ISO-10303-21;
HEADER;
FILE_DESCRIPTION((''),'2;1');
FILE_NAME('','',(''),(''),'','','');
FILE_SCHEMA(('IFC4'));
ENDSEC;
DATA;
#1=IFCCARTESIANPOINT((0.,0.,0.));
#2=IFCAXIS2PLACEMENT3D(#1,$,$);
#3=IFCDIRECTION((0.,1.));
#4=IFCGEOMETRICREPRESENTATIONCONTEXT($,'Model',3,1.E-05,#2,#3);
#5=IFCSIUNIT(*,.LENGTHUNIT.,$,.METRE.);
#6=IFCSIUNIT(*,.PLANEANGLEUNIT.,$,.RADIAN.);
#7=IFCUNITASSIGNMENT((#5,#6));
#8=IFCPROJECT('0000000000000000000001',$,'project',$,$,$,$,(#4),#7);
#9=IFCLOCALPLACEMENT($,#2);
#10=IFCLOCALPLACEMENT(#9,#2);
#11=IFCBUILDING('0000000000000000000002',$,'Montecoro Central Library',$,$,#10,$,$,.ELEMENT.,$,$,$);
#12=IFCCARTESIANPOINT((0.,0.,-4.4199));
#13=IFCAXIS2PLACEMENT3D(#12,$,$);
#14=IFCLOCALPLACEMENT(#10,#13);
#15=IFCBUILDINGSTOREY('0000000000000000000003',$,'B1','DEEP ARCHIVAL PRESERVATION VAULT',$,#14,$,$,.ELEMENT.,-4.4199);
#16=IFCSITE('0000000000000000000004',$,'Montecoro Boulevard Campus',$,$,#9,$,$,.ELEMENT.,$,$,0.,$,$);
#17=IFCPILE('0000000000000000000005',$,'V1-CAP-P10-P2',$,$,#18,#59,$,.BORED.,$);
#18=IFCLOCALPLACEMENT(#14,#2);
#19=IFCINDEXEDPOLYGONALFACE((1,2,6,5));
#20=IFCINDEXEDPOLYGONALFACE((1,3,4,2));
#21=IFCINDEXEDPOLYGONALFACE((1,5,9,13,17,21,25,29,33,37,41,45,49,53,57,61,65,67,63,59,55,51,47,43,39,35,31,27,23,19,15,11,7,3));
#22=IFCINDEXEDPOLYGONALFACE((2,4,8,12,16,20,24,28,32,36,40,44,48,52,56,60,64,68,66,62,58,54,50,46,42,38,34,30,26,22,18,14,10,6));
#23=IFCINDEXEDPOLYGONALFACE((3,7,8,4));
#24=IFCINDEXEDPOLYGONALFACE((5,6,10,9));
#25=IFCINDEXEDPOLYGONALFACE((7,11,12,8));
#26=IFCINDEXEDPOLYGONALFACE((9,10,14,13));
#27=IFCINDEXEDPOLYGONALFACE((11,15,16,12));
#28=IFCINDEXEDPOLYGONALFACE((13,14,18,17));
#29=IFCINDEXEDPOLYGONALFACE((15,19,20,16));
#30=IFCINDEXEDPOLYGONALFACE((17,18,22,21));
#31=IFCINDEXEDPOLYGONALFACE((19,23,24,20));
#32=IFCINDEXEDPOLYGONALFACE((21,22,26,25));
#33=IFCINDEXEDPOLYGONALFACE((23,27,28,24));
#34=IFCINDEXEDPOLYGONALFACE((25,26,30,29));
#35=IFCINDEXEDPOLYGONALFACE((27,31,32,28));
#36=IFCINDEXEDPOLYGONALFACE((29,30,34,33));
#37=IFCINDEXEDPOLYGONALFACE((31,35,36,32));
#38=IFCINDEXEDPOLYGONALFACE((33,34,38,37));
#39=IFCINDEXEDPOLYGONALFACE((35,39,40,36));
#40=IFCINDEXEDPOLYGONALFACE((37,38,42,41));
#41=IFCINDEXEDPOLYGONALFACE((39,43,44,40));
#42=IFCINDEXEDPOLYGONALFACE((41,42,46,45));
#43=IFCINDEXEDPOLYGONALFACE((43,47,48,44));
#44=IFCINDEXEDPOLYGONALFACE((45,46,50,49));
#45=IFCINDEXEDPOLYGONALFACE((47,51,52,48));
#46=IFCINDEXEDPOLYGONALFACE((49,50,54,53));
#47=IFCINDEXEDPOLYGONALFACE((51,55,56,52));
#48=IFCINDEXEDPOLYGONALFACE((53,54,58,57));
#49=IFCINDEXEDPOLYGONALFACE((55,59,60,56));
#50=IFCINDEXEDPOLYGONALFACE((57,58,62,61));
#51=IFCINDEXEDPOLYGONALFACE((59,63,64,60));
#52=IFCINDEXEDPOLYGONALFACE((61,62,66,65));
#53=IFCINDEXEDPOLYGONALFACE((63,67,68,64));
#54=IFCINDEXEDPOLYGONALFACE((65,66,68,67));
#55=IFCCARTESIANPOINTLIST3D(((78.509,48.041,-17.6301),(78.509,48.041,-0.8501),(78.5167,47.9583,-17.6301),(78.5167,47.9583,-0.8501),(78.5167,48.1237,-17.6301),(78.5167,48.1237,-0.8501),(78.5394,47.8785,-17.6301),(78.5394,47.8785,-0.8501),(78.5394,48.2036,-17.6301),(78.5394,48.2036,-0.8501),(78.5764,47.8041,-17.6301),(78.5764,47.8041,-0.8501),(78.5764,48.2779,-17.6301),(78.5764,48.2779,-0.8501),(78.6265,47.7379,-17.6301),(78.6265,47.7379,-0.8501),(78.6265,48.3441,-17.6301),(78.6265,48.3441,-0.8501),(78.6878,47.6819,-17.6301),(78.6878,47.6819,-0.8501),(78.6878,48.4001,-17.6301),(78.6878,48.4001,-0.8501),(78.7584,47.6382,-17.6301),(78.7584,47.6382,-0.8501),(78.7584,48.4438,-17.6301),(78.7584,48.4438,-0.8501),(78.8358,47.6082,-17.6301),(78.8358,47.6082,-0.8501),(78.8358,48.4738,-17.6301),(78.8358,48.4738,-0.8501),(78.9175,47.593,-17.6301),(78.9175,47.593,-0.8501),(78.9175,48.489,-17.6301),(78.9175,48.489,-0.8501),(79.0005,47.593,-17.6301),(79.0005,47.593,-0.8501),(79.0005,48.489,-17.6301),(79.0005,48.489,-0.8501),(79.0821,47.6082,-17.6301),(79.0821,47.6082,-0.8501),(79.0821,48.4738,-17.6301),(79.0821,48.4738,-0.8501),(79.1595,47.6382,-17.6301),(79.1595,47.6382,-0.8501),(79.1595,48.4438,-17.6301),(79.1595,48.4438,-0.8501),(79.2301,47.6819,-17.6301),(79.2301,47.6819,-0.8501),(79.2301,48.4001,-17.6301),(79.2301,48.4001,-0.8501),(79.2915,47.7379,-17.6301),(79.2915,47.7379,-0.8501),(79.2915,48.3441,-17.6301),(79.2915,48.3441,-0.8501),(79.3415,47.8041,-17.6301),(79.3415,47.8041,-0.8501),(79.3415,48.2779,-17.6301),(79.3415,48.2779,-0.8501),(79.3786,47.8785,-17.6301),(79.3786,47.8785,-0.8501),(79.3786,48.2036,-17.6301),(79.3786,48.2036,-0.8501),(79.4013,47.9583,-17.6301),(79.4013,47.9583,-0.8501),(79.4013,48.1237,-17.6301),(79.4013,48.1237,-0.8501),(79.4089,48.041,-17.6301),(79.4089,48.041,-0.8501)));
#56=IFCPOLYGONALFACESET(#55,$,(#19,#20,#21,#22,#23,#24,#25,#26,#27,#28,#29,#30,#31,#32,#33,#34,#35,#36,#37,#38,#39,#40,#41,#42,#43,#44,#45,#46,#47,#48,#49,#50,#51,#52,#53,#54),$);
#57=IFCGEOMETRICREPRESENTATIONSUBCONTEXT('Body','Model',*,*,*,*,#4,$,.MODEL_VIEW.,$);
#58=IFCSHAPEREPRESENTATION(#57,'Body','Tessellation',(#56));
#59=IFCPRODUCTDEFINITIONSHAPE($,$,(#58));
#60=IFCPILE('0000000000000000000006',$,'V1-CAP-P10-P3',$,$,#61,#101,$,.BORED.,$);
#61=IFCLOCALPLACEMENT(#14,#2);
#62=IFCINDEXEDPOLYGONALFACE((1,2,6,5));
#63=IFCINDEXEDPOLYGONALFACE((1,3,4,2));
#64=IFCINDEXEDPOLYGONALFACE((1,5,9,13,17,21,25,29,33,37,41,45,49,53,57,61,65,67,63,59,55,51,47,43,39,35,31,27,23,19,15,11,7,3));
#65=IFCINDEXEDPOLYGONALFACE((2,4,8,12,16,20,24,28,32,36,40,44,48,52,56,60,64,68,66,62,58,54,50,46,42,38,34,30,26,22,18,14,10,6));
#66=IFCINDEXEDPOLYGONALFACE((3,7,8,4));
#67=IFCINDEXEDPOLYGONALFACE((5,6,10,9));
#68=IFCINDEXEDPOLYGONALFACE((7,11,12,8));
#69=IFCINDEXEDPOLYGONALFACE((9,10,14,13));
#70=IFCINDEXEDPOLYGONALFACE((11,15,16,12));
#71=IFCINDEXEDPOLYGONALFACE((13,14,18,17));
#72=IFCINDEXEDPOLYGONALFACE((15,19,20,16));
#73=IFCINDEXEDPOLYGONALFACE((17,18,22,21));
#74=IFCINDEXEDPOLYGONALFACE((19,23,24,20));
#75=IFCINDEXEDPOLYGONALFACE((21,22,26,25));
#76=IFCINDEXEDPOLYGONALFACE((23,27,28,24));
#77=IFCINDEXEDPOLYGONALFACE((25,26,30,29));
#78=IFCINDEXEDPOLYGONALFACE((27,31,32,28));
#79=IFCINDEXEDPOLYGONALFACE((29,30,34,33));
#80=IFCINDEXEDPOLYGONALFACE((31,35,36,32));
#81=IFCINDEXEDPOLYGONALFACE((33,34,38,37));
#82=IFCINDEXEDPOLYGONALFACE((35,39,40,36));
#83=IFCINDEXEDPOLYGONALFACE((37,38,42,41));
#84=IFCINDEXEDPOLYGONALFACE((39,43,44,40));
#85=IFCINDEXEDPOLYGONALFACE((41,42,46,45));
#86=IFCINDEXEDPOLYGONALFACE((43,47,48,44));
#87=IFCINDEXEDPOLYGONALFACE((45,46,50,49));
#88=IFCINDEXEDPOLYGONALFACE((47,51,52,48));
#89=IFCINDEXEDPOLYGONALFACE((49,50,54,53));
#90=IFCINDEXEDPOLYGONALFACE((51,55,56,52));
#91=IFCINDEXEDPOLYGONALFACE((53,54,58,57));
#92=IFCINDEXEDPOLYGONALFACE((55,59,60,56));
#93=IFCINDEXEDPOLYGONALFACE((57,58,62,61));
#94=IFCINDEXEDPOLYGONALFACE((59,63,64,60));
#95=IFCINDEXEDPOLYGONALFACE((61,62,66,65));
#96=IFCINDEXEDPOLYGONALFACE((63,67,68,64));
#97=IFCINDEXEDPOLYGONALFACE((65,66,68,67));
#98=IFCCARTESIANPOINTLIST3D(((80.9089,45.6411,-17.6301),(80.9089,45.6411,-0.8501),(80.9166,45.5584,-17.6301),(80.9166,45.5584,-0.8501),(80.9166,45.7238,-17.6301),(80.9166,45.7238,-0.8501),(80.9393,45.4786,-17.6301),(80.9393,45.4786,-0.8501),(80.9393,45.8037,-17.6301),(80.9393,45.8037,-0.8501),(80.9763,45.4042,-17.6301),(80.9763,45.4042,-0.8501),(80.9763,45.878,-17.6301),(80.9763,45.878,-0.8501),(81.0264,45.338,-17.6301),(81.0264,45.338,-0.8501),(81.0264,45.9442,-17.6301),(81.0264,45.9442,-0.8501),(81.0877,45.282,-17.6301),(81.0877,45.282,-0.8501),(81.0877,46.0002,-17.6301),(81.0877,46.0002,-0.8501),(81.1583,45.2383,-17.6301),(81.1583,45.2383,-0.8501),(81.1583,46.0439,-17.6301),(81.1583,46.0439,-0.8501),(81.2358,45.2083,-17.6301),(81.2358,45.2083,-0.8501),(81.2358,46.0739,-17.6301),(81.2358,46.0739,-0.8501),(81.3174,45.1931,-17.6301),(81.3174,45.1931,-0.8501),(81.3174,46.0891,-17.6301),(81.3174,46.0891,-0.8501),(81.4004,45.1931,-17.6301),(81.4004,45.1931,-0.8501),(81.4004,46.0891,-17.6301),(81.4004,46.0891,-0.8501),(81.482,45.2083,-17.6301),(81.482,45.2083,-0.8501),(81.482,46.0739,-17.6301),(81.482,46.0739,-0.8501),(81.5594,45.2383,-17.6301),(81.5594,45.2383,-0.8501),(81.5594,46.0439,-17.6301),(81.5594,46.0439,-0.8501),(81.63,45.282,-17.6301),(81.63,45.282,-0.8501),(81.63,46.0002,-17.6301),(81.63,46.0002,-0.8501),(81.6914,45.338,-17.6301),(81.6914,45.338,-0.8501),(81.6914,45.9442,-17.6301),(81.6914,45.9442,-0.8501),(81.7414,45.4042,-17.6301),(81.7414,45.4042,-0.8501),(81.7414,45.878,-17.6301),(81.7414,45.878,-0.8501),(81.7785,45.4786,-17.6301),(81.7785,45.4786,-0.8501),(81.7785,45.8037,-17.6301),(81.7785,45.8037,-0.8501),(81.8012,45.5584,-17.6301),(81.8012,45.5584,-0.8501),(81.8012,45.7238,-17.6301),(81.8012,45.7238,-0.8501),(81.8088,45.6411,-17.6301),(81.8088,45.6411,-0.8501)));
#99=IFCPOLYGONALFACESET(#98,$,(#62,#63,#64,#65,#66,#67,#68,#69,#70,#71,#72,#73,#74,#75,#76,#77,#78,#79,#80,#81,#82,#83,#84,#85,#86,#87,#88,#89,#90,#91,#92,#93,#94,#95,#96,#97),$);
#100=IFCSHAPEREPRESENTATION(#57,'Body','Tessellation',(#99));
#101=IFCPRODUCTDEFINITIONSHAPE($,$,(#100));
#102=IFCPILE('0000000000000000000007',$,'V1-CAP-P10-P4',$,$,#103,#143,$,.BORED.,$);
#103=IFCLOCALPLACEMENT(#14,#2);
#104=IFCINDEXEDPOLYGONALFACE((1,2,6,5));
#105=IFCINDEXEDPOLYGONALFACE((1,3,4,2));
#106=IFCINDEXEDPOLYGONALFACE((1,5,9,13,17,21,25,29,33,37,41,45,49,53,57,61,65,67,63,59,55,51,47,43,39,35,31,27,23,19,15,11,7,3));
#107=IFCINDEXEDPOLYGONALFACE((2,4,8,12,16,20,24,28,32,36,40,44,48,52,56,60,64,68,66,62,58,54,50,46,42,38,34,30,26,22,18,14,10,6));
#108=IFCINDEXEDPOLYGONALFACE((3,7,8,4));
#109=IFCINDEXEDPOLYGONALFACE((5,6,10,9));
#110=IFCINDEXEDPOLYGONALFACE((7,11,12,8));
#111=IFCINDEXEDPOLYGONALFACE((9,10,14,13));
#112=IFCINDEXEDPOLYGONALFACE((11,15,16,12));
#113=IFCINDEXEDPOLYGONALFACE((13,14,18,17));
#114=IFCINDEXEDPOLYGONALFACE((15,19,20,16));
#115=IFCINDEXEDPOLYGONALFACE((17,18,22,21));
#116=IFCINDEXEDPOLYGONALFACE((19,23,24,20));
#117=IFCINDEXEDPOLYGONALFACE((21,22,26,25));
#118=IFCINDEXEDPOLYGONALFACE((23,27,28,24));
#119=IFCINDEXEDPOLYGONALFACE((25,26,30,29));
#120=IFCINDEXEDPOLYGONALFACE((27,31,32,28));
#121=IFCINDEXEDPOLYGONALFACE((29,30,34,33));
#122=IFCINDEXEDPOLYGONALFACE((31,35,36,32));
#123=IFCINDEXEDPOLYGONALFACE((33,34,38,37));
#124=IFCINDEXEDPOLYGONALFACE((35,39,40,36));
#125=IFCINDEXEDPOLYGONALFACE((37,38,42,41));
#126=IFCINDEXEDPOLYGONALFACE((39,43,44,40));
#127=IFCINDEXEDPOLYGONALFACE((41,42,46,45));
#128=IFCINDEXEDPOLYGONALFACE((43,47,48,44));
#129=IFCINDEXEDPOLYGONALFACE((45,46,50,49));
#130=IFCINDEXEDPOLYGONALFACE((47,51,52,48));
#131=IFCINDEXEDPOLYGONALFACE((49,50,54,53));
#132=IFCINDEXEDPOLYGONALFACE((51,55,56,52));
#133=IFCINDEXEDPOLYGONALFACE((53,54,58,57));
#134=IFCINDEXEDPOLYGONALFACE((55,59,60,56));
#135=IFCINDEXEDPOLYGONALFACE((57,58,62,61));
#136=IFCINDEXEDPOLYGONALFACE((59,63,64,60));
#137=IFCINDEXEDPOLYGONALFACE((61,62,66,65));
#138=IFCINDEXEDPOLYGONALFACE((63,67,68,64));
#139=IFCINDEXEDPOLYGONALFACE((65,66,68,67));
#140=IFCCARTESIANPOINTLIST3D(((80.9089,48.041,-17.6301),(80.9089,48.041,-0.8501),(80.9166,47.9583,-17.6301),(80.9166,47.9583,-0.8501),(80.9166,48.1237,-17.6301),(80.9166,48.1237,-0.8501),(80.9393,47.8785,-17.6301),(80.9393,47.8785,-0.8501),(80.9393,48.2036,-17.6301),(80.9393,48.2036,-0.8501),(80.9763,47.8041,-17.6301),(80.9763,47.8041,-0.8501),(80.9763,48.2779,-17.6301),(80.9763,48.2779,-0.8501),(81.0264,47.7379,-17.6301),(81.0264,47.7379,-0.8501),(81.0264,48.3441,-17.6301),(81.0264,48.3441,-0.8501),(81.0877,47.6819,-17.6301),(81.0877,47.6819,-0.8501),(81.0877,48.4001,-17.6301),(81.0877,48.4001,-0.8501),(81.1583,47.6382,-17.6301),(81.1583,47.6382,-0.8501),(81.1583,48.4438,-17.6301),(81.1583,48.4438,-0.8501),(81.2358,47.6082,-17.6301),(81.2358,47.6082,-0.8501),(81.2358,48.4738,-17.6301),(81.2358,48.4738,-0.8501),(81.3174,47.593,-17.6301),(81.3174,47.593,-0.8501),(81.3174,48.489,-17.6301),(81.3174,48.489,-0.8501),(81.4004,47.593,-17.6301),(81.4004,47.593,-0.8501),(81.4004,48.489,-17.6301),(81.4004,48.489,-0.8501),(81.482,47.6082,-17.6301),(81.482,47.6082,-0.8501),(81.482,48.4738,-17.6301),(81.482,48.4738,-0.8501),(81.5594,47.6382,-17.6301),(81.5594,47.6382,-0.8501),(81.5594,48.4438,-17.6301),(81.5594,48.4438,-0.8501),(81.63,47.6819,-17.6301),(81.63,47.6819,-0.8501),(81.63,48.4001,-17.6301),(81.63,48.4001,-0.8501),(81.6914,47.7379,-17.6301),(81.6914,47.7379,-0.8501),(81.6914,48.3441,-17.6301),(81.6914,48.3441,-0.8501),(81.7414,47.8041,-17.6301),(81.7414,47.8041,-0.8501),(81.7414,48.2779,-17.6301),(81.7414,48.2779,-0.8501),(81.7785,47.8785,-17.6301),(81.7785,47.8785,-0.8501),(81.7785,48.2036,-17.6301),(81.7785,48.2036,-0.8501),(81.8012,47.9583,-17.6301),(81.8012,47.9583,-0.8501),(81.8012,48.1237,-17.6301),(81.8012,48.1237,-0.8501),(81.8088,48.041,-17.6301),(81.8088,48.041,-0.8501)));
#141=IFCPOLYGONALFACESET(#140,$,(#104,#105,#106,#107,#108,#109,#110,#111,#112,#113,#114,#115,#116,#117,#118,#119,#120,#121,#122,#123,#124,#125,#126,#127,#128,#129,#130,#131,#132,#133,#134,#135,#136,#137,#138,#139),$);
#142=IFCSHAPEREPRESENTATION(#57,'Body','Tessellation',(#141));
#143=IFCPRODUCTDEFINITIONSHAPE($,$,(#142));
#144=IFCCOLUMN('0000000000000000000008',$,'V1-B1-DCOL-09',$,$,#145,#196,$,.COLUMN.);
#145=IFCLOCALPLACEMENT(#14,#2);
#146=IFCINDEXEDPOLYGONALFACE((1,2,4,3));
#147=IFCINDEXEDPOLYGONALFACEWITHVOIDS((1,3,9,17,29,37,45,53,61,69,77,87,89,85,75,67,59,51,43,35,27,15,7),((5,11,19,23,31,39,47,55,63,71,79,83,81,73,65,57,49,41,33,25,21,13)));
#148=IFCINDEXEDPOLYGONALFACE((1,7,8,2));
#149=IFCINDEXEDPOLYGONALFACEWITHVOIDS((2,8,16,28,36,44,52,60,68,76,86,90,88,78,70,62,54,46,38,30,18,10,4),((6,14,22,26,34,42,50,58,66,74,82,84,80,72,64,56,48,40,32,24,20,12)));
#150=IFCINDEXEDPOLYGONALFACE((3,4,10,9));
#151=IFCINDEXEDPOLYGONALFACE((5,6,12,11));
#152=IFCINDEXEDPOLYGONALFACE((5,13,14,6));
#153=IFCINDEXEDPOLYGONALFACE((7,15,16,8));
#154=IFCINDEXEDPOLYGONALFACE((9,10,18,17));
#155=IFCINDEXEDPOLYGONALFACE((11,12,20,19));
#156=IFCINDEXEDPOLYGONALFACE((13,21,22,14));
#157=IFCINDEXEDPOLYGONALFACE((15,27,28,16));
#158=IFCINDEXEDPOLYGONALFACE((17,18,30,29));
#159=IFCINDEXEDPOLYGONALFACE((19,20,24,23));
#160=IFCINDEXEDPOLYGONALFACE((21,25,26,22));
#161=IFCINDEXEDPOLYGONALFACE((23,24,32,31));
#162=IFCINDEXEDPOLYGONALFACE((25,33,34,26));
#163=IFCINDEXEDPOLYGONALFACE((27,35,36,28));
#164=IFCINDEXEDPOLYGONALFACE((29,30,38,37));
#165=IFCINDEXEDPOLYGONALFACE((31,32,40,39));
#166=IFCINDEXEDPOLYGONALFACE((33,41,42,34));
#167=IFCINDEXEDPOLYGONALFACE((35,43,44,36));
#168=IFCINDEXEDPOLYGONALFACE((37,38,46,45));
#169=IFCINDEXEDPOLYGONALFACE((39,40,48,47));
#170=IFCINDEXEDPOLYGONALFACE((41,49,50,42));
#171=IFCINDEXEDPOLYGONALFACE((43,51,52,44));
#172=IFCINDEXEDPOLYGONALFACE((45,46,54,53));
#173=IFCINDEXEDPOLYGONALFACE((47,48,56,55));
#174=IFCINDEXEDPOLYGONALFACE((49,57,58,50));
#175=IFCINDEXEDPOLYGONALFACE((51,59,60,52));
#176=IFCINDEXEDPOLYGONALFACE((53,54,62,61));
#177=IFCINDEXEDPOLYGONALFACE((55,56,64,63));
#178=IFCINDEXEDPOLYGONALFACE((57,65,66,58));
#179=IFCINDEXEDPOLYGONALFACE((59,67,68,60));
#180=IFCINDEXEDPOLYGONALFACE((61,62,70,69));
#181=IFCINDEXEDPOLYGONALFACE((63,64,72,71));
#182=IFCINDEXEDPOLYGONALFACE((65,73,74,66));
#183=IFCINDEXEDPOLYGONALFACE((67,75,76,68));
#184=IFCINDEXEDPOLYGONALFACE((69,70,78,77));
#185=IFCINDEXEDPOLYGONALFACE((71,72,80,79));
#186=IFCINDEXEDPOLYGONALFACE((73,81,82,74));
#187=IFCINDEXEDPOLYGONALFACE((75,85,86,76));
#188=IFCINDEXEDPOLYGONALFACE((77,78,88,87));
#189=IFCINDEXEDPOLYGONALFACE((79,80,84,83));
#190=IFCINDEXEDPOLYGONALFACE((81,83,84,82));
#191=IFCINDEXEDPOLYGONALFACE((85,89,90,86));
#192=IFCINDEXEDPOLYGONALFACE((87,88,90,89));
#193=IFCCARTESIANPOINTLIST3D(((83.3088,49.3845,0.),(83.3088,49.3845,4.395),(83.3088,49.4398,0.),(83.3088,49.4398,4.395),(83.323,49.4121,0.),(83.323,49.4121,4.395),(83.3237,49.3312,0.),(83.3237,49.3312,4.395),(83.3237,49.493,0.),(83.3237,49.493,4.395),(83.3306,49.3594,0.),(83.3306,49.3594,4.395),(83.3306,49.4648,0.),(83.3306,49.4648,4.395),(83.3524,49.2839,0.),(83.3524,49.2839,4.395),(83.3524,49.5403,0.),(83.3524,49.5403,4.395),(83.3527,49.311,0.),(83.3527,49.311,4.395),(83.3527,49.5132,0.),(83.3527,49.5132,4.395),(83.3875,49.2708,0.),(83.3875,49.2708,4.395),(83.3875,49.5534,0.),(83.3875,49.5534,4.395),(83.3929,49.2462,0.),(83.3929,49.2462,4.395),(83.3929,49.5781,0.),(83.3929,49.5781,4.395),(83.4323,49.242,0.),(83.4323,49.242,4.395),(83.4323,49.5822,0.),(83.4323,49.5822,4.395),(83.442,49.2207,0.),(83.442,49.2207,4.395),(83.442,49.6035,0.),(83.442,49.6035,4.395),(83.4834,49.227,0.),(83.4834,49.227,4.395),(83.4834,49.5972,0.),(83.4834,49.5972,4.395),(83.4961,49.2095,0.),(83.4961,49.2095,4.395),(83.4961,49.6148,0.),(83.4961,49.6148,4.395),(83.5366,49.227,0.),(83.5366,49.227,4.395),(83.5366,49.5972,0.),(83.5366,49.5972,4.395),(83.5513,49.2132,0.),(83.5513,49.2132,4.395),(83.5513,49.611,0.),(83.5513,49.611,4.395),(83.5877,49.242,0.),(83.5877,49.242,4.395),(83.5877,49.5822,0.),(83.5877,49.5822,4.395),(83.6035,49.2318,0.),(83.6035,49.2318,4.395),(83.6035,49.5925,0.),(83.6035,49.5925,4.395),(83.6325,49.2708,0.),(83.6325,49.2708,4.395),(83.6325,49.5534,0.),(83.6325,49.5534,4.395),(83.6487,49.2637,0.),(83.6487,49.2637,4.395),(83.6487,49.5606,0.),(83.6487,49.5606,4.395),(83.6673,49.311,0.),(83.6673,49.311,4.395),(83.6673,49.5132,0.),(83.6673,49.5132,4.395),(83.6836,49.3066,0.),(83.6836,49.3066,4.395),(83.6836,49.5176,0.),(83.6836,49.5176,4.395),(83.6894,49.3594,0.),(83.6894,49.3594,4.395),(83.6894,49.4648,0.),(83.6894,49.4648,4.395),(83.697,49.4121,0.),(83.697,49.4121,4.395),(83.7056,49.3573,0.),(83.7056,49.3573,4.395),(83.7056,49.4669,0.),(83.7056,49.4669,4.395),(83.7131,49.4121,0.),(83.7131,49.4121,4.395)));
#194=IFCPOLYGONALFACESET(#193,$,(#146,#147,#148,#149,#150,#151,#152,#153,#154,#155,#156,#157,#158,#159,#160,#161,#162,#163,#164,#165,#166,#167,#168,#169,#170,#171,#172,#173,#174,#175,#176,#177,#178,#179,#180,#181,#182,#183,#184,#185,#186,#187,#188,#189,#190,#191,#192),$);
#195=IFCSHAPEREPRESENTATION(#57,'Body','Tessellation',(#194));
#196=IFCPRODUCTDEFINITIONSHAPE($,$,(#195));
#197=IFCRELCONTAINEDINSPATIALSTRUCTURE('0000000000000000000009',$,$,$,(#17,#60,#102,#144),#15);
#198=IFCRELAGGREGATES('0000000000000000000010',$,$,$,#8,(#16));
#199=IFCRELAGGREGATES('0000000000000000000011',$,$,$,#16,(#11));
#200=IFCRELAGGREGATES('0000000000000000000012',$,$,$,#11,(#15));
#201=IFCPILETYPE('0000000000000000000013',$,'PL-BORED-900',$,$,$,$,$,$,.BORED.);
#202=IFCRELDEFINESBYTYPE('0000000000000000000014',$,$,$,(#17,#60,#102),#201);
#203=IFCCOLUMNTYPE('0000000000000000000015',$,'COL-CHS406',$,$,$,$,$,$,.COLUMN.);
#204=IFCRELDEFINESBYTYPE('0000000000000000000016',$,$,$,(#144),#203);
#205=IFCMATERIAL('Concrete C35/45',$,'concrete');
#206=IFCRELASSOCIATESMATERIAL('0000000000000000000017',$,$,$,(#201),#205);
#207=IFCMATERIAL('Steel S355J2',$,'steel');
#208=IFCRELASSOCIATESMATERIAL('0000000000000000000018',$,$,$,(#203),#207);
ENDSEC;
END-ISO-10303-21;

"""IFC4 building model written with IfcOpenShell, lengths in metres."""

from ifc_helpers import new_model, si_unit, direction, frame, origin, origin_2d, place, context, subcontext, project, spatial, circle, hollow_circle, extrude, material, material_profile, profile_set, type_object, element, save


model = new_model("IFC4")

# Units and contexts
model_context = context("Model", 3, precision=1e-05, world=origin(), true_north=direction((0.0, 1.0)))
body_context = subcontext(model_context, "Body", "Model", "MODEL_VIEW")
ifc_project = project(units=[si_unit("LENGTHUNIT", "METRE"), si_unit("PLANEANGLEUNIT", "RADIAN")], contexts=[model_context])

# Site, building, storey
site_placement = place(None, origin())
site = spatial("IfcSite", under=ifc_project, at=site_placement, Name="Montecoro Boulevard Campus", CompositionType="ELEMENT", RefElevation=0.0)
building_placement = place(site_placement, origin())
building = spatial("IfcBuilding", under=site, at=building_placement, Name="Montecoro Central Library", CompositionType="ELEMENT")
storey_placement = place(building_placement, frame((0.0, 0.0, -4.4199)))
storey = spatial("IfcBuildingStorey", under=building, at=storey_placement, Name="B1", Description="DEEP ARCHIVAL PRESERVATION VAULT", CompositionType="ELEMENT", Elevation=-4.4199)

# Shared definitions
ifc_material_1 = material(Name="Concrete C35/45", Category="concrete")

# Piles
ifc_material_profile_1 = material_profile(ifc_material_1, circle(Radius=0.45, at=origin_2d()), Name="PILE D900")
ifc_profile_set_1 = profile_set([ifc_material_profile_1], Name="Concrete C35/45")
pile_type_1 = type_object("IfcPileType", Name="PL-BORED-900", PredefinedType="BORED", material=ifc_profile_set_1)
for number, where, z_axis, x_axis, name in (
    (1, (78.959, 48.041, -0.8501), (0.0, 0.0, -1.0), (1.0, 0.0, 0.0), "V1-CAP-P10-P2"),
    (2, (81.3589, 45.6411, -0.8501), (0.0, 0.0, -1.0), (1.0, 0.0, 0.0), "V1-CAP-P10-P3"),
    (3, (81.3589, 48.041, -0.8501), (0.0, 0.0, -1.0), (1.0, 0.0, 0.0), "V1-CAP-P10-P4"),
):
    element("IfcPile", number, at=place(storey_placement, frame(where, z_axis=z_axis, x_axis=x_axis)), inside=storey, type_object=pile_type_1, Name=name, PredefinedType="BORED", context=body_context, shape_type="SweptSolid", body=[
        extrude(circle(Radius=0.45, at=origin_2d()), origin(), (0.0, 0.0, 1.0), 16.78),
    ])

# Column
ifc_material_2 = material(Name="Steel S355J2", Category="steel")
ifc_material_profile_2 = material_profile(ifc_material_2, hollow_circle(Radius=0.2031, WallThickness=0.0161, at=origin_2d()), Name="CHS 406.4x16.0")
ifc_profile_set_2 = profile_set([ifc_material_profile_2], Name="Steel S355J2")
column_type = type_object("IfcColumnType", Name="COL-CHS406", PredefinedType="COLUMN", material=ifc_profile_set_2)
for number, where, z_axis, x_axis, name in (
    (4, (83.51, 49.4121, 0.0), (0.0, 0.0, 1.0), (1.0, 0.0, 0.0), "V1-B1-DCOL-09"),
):
    element("IfcColumn", number, at=place(storey_placement, frame(where, z_axis=z_axis, x_axis=x_axis)), inside=storey, type_object=column_type, Name=name, PredefinedType="COLUMN", context=body_context, shape_type="SweptSolid", body=[
        extrude(hollow_circle(Radius=0.2031, WallThickness=0.0161, at=origin_2d()), origin(), (0.0, 0.0, 1.0), 4.395),
    ])

save(model, "model.ifc")
